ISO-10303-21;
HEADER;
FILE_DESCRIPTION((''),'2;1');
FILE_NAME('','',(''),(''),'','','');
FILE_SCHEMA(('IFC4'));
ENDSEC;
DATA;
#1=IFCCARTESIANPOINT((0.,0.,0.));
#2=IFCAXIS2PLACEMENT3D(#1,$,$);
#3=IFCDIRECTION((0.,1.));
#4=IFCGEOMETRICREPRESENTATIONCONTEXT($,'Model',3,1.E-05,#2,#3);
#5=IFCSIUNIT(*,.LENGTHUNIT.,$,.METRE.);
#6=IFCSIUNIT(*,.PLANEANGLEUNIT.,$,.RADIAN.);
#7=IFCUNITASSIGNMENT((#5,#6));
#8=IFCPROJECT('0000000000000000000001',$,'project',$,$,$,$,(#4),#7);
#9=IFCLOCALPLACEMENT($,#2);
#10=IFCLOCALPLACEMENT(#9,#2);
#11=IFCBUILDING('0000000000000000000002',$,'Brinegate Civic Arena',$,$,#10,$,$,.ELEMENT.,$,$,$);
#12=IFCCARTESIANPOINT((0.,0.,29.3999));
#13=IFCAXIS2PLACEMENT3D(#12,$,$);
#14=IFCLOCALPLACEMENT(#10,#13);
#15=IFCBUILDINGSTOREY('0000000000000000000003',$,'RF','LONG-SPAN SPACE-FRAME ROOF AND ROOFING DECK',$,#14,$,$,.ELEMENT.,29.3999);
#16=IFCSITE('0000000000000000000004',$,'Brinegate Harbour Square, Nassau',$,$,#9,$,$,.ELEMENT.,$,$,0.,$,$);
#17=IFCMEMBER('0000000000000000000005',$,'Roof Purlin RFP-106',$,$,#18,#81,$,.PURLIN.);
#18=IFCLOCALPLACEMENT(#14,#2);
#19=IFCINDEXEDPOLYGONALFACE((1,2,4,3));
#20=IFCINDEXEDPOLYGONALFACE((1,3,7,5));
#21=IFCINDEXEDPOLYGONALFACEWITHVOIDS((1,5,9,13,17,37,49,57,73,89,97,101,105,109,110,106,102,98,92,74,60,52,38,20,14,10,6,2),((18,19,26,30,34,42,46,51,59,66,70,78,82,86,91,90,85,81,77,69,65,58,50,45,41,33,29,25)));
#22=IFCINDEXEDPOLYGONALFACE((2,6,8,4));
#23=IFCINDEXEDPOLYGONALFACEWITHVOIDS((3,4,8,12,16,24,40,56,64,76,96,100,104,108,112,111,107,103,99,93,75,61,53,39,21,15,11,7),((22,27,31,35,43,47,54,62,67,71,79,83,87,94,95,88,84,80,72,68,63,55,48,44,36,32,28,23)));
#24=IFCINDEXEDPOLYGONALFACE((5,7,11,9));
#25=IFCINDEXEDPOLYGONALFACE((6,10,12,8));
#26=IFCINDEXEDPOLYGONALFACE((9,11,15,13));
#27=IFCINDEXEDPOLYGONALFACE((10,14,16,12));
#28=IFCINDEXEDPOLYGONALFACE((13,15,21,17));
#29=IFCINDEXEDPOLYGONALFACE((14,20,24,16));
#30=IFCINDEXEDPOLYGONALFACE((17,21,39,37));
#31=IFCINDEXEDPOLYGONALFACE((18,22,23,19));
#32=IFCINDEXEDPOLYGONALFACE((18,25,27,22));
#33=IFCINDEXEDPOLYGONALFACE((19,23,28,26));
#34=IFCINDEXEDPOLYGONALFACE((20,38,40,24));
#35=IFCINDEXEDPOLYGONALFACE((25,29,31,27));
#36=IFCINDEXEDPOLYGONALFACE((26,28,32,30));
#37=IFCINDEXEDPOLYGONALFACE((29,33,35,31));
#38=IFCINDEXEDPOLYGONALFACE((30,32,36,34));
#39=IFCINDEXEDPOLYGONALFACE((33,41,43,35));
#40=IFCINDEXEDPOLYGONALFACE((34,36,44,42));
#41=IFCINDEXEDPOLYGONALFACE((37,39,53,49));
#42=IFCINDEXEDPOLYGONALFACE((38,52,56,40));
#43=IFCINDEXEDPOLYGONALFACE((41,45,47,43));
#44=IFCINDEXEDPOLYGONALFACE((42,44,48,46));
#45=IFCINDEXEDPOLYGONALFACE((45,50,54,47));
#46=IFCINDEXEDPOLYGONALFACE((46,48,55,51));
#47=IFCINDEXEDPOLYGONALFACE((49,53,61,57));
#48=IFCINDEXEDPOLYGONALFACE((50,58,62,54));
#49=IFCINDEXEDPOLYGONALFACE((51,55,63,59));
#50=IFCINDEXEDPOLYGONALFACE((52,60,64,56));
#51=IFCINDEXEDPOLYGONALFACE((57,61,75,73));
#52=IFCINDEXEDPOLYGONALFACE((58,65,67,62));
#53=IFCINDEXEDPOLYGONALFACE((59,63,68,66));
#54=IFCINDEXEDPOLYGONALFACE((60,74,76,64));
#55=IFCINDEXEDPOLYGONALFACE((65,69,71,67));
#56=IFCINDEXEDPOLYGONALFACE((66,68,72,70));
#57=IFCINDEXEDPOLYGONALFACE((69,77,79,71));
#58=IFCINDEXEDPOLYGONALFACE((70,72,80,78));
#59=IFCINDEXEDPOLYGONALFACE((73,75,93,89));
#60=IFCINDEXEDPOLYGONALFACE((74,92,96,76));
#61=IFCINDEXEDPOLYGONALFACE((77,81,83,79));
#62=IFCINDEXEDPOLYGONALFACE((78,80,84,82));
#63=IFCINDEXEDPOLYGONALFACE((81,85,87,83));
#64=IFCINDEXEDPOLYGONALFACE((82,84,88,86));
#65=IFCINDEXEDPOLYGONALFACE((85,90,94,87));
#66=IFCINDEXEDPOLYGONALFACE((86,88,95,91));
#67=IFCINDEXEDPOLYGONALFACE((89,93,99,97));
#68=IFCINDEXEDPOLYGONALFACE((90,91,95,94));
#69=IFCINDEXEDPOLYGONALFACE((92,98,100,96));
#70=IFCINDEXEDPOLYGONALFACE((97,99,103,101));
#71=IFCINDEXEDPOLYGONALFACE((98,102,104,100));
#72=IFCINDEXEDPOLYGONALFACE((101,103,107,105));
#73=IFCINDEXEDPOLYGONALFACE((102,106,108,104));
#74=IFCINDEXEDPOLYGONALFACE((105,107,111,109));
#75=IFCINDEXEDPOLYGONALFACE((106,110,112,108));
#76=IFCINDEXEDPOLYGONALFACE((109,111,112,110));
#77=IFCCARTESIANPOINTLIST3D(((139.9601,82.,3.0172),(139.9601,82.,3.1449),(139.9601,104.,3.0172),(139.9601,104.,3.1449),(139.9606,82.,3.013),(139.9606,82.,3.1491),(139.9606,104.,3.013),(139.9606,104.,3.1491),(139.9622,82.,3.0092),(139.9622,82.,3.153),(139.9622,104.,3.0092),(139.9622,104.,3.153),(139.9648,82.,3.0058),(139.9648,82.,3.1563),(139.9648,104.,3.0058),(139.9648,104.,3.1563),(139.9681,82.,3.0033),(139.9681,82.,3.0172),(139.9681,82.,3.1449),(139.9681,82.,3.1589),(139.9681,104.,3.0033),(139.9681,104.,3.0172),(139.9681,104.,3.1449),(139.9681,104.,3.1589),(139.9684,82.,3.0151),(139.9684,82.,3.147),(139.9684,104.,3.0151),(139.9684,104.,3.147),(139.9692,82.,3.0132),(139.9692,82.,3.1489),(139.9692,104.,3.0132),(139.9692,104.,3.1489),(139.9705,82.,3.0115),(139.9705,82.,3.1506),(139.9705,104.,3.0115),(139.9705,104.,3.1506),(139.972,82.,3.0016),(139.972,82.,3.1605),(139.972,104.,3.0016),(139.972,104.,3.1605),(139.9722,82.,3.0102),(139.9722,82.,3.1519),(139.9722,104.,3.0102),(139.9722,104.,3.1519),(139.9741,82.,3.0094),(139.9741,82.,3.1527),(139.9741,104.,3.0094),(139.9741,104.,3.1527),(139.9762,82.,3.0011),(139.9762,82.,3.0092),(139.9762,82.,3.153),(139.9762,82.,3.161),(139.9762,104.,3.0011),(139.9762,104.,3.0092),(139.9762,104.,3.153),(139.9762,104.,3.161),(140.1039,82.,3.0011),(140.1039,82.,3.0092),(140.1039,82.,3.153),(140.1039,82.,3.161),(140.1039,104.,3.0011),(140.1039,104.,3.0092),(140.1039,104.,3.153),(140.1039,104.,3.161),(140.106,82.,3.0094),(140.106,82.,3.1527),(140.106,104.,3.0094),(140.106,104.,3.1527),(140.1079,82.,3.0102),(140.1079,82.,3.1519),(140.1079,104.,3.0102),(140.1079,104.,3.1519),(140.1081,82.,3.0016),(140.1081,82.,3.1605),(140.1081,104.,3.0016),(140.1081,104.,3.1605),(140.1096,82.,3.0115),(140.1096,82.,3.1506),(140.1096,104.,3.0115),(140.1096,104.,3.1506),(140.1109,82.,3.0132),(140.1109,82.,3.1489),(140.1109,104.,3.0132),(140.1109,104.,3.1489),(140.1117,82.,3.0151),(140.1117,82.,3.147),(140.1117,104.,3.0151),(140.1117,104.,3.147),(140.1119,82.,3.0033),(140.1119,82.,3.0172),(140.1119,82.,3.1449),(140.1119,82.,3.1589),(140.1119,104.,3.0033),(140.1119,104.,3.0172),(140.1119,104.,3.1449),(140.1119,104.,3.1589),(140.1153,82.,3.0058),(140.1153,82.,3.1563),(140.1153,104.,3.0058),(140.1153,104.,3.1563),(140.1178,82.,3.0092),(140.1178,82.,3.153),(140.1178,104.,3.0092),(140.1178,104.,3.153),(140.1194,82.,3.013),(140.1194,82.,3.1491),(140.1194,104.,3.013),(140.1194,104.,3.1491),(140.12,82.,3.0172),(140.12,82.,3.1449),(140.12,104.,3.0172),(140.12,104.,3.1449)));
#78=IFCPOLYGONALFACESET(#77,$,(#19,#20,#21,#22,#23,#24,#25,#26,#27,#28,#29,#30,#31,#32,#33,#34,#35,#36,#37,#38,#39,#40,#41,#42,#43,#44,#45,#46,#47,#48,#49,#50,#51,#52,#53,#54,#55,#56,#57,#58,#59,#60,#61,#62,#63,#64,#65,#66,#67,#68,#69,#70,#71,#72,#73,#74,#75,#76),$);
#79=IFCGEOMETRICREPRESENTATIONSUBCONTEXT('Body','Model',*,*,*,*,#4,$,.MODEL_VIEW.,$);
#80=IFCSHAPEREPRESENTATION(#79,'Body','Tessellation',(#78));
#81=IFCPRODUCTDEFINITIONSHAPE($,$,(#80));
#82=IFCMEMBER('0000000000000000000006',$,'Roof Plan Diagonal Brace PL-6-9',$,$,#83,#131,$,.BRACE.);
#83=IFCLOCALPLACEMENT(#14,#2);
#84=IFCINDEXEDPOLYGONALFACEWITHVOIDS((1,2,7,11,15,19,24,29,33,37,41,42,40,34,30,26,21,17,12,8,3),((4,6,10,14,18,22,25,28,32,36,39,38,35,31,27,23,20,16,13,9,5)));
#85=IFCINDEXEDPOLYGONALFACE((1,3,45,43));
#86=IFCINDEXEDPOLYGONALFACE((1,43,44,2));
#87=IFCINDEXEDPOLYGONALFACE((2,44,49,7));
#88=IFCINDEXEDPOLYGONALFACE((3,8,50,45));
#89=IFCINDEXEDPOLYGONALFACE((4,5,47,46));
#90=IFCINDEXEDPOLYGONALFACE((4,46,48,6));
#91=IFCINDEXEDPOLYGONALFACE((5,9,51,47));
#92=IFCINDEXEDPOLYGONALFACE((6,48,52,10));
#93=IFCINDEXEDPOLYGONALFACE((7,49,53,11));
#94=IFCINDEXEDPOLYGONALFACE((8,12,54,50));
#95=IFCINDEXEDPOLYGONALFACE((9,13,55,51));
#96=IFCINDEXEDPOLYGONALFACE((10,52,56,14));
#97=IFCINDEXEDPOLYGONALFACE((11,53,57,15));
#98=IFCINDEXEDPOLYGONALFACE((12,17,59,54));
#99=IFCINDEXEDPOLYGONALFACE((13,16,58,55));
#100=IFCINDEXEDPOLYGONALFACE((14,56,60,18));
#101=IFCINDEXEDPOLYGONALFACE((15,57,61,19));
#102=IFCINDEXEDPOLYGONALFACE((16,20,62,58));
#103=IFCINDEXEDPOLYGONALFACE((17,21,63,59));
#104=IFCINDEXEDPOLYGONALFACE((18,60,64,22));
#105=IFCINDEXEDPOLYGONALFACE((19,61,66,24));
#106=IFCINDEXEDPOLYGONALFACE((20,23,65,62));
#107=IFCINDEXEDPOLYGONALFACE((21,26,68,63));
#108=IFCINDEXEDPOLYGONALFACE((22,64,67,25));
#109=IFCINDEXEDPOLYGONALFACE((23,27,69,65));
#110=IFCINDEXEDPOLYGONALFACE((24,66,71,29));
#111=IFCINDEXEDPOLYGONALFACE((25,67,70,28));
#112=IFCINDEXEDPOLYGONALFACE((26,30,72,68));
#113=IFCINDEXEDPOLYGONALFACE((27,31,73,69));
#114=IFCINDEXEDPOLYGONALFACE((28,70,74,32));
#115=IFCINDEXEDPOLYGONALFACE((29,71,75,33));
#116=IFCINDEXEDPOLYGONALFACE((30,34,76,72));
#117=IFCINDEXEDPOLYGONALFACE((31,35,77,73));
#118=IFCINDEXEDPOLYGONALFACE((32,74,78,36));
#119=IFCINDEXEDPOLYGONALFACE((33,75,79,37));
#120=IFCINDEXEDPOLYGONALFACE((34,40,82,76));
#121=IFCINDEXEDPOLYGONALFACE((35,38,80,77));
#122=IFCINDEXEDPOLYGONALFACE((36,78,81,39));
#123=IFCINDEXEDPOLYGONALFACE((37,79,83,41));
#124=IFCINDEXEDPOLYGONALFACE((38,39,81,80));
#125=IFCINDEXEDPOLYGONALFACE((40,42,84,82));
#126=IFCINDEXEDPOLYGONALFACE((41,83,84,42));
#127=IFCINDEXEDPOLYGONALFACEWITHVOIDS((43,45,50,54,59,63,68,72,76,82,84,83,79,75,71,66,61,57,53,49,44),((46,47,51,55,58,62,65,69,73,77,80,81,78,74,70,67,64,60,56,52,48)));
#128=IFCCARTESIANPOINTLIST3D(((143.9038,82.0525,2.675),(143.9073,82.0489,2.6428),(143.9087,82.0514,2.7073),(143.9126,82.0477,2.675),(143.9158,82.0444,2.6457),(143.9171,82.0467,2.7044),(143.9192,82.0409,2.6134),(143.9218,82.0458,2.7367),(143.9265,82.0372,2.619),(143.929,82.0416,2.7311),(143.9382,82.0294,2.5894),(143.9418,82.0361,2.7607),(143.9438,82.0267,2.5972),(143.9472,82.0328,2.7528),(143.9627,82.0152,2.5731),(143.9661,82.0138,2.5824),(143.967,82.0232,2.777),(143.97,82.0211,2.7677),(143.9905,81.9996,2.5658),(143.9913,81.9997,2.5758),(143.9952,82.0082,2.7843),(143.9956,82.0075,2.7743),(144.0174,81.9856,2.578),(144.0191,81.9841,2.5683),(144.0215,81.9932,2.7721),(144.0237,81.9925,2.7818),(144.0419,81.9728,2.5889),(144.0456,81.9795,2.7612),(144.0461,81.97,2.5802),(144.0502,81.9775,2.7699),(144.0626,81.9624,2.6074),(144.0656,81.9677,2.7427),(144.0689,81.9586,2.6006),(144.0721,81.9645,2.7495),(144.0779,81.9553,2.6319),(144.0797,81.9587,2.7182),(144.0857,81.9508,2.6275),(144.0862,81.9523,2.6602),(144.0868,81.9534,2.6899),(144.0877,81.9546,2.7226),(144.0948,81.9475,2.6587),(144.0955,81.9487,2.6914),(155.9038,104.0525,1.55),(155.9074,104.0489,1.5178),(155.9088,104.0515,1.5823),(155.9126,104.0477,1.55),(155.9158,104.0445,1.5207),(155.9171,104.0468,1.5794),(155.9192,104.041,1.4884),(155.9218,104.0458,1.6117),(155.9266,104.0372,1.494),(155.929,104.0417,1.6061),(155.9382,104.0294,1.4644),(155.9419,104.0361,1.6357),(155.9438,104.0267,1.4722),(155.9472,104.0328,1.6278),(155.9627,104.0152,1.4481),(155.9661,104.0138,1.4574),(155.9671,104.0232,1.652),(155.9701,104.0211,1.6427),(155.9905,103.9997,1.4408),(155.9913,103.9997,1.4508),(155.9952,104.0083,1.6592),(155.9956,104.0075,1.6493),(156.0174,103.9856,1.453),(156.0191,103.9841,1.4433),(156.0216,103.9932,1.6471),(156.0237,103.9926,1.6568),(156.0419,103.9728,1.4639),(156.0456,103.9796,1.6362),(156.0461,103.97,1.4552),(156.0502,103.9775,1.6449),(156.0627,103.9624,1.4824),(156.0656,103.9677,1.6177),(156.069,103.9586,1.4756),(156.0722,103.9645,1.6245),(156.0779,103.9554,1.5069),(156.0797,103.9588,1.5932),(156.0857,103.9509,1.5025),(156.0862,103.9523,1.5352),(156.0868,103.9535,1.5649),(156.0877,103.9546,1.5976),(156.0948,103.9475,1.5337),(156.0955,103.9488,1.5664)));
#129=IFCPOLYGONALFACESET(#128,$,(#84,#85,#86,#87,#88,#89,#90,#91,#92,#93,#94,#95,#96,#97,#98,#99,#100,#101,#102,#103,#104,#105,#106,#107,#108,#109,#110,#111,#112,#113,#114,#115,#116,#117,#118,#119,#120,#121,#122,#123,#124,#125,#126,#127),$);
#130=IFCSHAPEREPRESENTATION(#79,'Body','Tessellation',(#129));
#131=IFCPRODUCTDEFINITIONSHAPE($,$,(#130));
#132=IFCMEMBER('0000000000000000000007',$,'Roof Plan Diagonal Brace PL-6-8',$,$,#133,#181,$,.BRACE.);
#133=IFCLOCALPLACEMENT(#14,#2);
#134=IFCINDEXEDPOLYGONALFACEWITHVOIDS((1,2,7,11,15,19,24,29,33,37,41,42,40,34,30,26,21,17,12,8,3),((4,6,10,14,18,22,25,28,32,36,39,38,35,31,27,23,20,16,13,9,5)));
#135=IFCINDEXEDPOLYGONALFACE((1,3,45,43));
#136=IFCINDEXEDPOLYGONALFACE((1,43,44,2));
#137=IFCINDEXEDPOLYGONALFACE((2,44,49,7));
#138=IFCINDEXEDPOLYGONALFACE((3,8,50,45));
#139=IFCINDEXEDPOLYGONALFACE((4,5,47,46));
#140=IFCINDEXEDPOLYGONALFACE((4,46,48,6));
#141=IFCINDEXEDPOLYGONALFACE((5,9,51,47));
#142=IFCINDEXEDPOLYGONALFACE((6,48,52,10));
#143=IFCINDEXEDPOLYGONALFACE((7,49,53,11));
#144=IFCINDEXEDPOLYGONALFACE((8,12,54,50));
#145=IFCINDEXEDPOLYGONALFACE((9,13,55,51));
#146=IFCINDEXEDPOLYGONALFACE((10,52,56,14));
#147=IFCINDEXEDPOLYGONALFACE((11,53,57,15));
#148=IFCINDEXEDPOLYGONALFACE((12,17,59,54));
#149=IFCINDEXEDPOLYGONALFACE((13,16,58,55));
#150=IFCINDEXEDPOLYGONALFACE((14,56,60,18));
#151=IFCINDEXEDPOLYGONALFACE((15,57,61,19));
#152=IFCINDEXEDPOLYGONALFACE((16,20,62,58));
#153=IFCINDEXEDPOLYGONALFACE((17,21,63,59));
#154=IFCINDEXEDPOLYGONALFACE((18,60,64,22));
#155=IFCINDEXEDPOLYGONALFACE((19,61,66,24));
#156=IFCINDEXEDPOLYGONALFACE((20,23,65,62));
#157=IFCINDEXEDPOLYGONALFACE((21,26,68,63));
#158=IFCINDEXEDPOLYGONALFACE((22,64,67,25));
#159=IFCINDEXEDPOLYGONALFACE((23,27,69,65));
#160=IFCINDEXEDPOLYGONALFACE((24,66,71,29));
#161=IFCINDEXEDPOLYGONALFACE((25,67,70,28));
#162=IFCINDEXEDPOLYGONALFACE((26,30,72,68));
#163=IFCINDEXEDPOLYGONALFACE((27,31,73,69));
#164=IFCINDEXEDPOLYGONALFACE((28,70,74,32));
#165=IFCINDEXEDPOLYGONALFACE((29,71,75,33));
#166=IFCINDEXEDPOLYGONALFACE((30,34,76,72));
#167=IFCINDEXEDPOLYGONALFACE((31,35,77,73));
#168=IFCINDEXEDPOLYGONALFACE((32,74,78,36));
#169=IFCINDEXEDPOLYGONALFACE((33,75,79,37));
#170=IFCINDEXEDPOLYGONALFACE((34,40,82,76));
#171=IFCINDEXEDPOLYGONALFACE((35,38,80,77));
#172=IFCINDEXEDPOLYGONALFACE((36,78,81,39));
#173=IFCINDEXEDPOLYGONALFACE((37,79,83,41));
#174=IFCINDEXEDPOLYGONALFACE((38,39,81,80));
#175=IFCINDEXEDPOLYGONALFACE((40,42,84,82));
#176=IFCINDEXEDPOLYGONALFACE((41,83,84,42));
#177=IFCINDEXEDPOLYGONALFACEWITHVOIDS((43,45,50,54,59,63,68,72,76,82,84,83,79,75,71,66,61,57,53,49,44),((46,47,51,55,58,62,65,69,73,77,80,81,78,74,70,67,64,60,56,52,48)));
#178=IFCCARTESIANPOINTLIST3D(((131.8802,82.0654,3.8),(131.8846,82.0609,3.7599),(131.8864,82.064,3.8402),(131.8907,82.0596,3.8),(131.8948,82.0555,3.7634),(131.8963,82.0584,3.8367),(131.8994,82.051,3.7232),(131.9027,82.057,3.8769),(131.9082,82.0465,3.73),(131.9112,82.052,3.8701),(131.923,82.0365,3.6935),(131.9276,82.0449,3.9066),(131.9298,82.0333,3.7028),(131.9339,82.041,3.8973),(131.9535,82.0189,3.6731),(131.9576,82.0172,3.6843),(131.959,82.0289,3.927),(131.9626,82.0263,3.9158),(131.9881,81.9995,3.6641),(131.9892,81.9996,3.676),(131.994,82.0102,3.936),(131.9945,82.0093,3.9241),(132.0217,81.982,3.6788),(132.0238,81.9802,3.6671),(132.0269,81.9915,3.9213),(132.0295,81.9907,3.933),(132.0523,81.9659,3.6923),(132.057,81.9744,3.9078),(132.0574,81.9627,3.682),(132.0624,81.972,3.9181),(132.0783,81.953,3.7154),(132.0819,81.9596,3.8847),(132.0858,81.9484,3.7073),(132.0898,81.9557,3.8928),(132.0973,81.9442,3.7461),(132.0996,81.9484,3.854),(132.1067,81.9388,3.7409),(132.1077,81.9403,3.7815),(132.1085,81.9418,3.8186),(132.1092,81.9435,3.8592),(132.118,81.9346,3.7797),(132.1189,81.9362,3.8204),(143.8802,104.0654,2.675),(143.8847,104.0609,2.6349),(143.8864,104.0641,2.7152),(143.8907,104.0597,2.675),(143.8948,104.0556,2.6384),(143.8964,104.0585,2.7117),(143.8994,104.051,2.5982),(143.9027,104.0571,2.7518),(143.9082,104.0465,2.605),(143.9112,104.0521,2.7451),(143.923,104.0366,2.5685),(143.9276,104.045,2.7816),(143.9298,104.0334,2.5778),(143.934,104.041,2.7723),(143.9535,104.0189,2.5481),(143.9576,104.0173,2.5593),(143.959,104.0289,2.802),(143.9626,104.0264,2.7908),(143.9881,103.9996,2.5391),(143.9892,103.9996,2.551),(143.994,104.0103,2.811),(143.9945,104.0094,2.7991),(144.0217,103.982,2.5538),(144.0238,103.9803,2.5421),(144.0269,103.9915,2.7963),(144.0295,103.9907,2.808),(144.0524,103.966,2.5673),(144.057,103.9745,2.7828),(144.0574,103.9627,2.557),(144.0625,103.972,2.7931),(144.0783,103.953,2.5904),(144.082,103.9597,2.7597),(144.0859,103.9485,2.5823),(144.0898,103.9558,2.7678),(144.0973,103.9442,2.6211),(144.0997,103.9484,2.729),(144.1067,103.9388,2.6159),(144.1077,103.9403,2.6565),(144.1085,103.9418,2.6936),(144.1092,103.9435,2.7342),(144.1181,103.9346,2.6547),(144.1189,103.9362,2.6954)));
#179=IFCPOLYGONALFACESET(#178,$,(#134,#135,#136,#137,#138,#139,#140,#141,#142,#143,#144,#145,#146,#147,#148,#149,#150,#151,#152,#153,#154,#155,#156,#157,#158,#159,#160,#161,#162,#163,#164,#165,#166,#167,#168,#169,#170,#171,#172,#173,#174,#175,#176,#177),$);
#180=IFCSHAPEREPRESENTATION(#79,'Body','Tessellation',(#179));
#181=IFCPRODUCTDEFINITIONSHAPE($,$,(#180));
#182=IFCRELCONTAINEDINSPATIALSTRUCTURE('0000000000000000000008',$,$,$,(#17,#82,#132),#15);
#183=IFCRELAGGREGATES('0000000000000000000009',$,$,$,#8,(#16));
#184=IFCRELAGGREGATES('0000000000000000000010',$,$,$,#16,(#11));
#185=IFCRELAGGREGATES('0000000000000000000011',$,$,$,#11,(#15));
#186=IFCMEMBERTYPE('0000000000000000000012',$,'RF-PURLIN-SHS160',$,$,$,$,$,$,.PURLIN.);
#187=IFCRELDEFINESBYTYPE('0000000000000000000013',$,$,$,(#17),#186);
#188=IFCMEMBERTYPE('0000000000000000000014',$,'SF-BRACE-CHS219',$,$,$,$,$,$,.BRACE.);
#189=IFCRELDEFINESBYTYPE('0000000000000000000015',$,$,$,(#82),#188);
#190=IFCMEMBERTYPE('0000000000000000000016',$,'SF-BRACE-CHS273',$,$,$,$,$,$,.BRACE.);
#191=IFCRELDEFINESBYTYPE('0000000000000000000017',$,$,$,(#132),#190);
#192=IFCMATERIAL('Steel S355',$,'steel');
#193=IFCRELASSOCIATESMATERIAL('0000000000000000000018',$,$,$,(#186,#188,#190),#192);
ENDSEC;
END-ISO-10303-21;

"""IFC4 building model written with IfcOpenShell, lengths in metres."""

from ifc_helpers import new_model, si_unit, direction, frame, origin, origin_2d, place, context, subcontext, project, spatial, hollow_rectangle, hollow_circle, extrude, material, material_profile, profile_set, type_object, element, save


model = new_model("IFC4")

# Units and contexts
model_context = context("Model", 3, precision=1e-05, world=origin(), true_north=direction((0.0, 1.0)))
body_context = subcontext(model_context, "Body", "Model", "MODEL_VIEW")
ifc_project = project(units=[si_unit("LENGTHUNIT", "METRE"), si_unit("PLANEANGLEUNIT", "RADIAN")], contexts=[model_context])

# Site, building, storey
site_placement = place(None, origin())
site = spatial("IfcSite", under=ifc_project, at=site_placement, Name="Brinegate Harbour Square, Nassau", CompositionType="ELEMENT", RefElevation=0.0)
building_placement = place(site_placement, origin())
building = spatial("IfcBuilding", under=site, at=building_placement, Name="Brinegate Civic Arena", CompositionType="ELEMENT")
storey_placement = place(building_placement, frame((0.0, 0.0, 29.3999)))
storey = spatial("IfcBuildingStorey", under=building, at=storey_placement, Name="RF", Description="LONG-SPAN SPACE-FRAME ROOF AND ROOFING DECK", CompositionType="ELEMENT", Elevation=29.3999)

# Shared definitions
ifc_material_1 = material(Name="Steel S355", Category="steel")

# Members
ifc_material_profile_1 = material_profile(ifc_material_1, hollow_rectangle(XDim=0.1599, YDim=0.1599, WallThickness=0.0081, InnerFilletRadius=0.0081, OuterFilletRadius=0.0161, at=origin_2d()), Name="SHS160X8")
ifc_profile_set_1 = profile_set([ifc_material_profile_1], Name="Steel S355")
member_type_1 = type_object("IfcMemberType", Name="RF-PURLIN-SHS160", PredefinedType="PURLIN", material=ifc_profile_set_1)
for number, where, z_axis, x_axis, name in (
    (1, (140.04, 82.0, 3.0811), (0.0, 1.0, 0.0), (-1.0, 0.0, 0.0), "Roof Purlin RFP-106"),
):
    element("IfcMember", number, at=place(storey_placement, frame(where, z_axis=z_axis, x_axis=x_axis)), inside=storey, type_object=member_type_1, Name=name, PredefinedType="PURLIN", context=body_context, shape_type="SweptSolid", body=[
        extrude(hollow_rectangle(XDim=0.1599, YDim=0.1599, WallThickness=0.0081, InnerFilletRadius=0.0081, OuterFilletRadius=0.0161, at=origin_2d()), origin(), (0.0, 0.0, 1.0), 22.0),
    ])
ifc_material_profile_2 = material_profile(ifc_material_1, hollow_circle(Radius=0.1096, WallThickness=0.01, at=origin_2d()), Name="CHS219X10")
ifc_profile_set_2 = profile_set([ifc_material_profile_2], Name="Steel S355")
member_type_2 = type_object("IfcMemberType", Name="SF-BRACE-CHS219", PredefinedType="BRACE", material=ifc_profile_set_2)
member_1_placement = place(storey_placement, frame((144.0, 82.0, 2.675), z_axis=(0.47837, 0.877012, -0.044847), x_axis=(-0.877896, 0.478852, 0.0)))
element("IfcMember", 2, at=member_1_placement, inside=storey, type_object=member_type_2, Name="Roof Plan Diagonal Brace PL-6-9", PredefinedType="BRACE", context=body_context, shape_type="SweptSolid", body=[
    extrude(hollow_circle(Radius=0.1096, WallThickness=0.01, at=origin_2d()), origin(), (0.0, 0.0, 1.0), 25.0852),
])
ifc_material_profile_3 = material_profile(ifc_material_1, hollow_circle(Radius=0.1365, WallThickness=0.012, at=origin_2d()), Name="CHS273X12")
ifc_profile_set_3 = profile_set([ifc_material_profile_3], Name="Steel S355")
member_type_3 = type_object("IfcMemberType", Name="SF-BRACE-CHS273", PredefinedType="BRACE", material=ifc_profile_set_3)
member_2_placement = place(storey_placement, frame((132.0, 82.0, 3.8), z_axis=(0.47837, 0.877012, -0.044847), x_axis=(-0.877896, 0.478852, 0.0)))
element("IfcMember", 3, at=member_2_placement, inside=storey, type_object=member_type_3, Name="Roof Plan Diagonal Brace PL-6-8", PredefinedType="BRACE", context=body_context, shape_type="SweptSolid", body=[
    extrude(hollow_circle(Radius=0.1365, WallThickness=0.012, at=origin_2d()), origin(), (0.0, 0.0, 1.0), 25.0852),
])

save(model, "model.ifc")
